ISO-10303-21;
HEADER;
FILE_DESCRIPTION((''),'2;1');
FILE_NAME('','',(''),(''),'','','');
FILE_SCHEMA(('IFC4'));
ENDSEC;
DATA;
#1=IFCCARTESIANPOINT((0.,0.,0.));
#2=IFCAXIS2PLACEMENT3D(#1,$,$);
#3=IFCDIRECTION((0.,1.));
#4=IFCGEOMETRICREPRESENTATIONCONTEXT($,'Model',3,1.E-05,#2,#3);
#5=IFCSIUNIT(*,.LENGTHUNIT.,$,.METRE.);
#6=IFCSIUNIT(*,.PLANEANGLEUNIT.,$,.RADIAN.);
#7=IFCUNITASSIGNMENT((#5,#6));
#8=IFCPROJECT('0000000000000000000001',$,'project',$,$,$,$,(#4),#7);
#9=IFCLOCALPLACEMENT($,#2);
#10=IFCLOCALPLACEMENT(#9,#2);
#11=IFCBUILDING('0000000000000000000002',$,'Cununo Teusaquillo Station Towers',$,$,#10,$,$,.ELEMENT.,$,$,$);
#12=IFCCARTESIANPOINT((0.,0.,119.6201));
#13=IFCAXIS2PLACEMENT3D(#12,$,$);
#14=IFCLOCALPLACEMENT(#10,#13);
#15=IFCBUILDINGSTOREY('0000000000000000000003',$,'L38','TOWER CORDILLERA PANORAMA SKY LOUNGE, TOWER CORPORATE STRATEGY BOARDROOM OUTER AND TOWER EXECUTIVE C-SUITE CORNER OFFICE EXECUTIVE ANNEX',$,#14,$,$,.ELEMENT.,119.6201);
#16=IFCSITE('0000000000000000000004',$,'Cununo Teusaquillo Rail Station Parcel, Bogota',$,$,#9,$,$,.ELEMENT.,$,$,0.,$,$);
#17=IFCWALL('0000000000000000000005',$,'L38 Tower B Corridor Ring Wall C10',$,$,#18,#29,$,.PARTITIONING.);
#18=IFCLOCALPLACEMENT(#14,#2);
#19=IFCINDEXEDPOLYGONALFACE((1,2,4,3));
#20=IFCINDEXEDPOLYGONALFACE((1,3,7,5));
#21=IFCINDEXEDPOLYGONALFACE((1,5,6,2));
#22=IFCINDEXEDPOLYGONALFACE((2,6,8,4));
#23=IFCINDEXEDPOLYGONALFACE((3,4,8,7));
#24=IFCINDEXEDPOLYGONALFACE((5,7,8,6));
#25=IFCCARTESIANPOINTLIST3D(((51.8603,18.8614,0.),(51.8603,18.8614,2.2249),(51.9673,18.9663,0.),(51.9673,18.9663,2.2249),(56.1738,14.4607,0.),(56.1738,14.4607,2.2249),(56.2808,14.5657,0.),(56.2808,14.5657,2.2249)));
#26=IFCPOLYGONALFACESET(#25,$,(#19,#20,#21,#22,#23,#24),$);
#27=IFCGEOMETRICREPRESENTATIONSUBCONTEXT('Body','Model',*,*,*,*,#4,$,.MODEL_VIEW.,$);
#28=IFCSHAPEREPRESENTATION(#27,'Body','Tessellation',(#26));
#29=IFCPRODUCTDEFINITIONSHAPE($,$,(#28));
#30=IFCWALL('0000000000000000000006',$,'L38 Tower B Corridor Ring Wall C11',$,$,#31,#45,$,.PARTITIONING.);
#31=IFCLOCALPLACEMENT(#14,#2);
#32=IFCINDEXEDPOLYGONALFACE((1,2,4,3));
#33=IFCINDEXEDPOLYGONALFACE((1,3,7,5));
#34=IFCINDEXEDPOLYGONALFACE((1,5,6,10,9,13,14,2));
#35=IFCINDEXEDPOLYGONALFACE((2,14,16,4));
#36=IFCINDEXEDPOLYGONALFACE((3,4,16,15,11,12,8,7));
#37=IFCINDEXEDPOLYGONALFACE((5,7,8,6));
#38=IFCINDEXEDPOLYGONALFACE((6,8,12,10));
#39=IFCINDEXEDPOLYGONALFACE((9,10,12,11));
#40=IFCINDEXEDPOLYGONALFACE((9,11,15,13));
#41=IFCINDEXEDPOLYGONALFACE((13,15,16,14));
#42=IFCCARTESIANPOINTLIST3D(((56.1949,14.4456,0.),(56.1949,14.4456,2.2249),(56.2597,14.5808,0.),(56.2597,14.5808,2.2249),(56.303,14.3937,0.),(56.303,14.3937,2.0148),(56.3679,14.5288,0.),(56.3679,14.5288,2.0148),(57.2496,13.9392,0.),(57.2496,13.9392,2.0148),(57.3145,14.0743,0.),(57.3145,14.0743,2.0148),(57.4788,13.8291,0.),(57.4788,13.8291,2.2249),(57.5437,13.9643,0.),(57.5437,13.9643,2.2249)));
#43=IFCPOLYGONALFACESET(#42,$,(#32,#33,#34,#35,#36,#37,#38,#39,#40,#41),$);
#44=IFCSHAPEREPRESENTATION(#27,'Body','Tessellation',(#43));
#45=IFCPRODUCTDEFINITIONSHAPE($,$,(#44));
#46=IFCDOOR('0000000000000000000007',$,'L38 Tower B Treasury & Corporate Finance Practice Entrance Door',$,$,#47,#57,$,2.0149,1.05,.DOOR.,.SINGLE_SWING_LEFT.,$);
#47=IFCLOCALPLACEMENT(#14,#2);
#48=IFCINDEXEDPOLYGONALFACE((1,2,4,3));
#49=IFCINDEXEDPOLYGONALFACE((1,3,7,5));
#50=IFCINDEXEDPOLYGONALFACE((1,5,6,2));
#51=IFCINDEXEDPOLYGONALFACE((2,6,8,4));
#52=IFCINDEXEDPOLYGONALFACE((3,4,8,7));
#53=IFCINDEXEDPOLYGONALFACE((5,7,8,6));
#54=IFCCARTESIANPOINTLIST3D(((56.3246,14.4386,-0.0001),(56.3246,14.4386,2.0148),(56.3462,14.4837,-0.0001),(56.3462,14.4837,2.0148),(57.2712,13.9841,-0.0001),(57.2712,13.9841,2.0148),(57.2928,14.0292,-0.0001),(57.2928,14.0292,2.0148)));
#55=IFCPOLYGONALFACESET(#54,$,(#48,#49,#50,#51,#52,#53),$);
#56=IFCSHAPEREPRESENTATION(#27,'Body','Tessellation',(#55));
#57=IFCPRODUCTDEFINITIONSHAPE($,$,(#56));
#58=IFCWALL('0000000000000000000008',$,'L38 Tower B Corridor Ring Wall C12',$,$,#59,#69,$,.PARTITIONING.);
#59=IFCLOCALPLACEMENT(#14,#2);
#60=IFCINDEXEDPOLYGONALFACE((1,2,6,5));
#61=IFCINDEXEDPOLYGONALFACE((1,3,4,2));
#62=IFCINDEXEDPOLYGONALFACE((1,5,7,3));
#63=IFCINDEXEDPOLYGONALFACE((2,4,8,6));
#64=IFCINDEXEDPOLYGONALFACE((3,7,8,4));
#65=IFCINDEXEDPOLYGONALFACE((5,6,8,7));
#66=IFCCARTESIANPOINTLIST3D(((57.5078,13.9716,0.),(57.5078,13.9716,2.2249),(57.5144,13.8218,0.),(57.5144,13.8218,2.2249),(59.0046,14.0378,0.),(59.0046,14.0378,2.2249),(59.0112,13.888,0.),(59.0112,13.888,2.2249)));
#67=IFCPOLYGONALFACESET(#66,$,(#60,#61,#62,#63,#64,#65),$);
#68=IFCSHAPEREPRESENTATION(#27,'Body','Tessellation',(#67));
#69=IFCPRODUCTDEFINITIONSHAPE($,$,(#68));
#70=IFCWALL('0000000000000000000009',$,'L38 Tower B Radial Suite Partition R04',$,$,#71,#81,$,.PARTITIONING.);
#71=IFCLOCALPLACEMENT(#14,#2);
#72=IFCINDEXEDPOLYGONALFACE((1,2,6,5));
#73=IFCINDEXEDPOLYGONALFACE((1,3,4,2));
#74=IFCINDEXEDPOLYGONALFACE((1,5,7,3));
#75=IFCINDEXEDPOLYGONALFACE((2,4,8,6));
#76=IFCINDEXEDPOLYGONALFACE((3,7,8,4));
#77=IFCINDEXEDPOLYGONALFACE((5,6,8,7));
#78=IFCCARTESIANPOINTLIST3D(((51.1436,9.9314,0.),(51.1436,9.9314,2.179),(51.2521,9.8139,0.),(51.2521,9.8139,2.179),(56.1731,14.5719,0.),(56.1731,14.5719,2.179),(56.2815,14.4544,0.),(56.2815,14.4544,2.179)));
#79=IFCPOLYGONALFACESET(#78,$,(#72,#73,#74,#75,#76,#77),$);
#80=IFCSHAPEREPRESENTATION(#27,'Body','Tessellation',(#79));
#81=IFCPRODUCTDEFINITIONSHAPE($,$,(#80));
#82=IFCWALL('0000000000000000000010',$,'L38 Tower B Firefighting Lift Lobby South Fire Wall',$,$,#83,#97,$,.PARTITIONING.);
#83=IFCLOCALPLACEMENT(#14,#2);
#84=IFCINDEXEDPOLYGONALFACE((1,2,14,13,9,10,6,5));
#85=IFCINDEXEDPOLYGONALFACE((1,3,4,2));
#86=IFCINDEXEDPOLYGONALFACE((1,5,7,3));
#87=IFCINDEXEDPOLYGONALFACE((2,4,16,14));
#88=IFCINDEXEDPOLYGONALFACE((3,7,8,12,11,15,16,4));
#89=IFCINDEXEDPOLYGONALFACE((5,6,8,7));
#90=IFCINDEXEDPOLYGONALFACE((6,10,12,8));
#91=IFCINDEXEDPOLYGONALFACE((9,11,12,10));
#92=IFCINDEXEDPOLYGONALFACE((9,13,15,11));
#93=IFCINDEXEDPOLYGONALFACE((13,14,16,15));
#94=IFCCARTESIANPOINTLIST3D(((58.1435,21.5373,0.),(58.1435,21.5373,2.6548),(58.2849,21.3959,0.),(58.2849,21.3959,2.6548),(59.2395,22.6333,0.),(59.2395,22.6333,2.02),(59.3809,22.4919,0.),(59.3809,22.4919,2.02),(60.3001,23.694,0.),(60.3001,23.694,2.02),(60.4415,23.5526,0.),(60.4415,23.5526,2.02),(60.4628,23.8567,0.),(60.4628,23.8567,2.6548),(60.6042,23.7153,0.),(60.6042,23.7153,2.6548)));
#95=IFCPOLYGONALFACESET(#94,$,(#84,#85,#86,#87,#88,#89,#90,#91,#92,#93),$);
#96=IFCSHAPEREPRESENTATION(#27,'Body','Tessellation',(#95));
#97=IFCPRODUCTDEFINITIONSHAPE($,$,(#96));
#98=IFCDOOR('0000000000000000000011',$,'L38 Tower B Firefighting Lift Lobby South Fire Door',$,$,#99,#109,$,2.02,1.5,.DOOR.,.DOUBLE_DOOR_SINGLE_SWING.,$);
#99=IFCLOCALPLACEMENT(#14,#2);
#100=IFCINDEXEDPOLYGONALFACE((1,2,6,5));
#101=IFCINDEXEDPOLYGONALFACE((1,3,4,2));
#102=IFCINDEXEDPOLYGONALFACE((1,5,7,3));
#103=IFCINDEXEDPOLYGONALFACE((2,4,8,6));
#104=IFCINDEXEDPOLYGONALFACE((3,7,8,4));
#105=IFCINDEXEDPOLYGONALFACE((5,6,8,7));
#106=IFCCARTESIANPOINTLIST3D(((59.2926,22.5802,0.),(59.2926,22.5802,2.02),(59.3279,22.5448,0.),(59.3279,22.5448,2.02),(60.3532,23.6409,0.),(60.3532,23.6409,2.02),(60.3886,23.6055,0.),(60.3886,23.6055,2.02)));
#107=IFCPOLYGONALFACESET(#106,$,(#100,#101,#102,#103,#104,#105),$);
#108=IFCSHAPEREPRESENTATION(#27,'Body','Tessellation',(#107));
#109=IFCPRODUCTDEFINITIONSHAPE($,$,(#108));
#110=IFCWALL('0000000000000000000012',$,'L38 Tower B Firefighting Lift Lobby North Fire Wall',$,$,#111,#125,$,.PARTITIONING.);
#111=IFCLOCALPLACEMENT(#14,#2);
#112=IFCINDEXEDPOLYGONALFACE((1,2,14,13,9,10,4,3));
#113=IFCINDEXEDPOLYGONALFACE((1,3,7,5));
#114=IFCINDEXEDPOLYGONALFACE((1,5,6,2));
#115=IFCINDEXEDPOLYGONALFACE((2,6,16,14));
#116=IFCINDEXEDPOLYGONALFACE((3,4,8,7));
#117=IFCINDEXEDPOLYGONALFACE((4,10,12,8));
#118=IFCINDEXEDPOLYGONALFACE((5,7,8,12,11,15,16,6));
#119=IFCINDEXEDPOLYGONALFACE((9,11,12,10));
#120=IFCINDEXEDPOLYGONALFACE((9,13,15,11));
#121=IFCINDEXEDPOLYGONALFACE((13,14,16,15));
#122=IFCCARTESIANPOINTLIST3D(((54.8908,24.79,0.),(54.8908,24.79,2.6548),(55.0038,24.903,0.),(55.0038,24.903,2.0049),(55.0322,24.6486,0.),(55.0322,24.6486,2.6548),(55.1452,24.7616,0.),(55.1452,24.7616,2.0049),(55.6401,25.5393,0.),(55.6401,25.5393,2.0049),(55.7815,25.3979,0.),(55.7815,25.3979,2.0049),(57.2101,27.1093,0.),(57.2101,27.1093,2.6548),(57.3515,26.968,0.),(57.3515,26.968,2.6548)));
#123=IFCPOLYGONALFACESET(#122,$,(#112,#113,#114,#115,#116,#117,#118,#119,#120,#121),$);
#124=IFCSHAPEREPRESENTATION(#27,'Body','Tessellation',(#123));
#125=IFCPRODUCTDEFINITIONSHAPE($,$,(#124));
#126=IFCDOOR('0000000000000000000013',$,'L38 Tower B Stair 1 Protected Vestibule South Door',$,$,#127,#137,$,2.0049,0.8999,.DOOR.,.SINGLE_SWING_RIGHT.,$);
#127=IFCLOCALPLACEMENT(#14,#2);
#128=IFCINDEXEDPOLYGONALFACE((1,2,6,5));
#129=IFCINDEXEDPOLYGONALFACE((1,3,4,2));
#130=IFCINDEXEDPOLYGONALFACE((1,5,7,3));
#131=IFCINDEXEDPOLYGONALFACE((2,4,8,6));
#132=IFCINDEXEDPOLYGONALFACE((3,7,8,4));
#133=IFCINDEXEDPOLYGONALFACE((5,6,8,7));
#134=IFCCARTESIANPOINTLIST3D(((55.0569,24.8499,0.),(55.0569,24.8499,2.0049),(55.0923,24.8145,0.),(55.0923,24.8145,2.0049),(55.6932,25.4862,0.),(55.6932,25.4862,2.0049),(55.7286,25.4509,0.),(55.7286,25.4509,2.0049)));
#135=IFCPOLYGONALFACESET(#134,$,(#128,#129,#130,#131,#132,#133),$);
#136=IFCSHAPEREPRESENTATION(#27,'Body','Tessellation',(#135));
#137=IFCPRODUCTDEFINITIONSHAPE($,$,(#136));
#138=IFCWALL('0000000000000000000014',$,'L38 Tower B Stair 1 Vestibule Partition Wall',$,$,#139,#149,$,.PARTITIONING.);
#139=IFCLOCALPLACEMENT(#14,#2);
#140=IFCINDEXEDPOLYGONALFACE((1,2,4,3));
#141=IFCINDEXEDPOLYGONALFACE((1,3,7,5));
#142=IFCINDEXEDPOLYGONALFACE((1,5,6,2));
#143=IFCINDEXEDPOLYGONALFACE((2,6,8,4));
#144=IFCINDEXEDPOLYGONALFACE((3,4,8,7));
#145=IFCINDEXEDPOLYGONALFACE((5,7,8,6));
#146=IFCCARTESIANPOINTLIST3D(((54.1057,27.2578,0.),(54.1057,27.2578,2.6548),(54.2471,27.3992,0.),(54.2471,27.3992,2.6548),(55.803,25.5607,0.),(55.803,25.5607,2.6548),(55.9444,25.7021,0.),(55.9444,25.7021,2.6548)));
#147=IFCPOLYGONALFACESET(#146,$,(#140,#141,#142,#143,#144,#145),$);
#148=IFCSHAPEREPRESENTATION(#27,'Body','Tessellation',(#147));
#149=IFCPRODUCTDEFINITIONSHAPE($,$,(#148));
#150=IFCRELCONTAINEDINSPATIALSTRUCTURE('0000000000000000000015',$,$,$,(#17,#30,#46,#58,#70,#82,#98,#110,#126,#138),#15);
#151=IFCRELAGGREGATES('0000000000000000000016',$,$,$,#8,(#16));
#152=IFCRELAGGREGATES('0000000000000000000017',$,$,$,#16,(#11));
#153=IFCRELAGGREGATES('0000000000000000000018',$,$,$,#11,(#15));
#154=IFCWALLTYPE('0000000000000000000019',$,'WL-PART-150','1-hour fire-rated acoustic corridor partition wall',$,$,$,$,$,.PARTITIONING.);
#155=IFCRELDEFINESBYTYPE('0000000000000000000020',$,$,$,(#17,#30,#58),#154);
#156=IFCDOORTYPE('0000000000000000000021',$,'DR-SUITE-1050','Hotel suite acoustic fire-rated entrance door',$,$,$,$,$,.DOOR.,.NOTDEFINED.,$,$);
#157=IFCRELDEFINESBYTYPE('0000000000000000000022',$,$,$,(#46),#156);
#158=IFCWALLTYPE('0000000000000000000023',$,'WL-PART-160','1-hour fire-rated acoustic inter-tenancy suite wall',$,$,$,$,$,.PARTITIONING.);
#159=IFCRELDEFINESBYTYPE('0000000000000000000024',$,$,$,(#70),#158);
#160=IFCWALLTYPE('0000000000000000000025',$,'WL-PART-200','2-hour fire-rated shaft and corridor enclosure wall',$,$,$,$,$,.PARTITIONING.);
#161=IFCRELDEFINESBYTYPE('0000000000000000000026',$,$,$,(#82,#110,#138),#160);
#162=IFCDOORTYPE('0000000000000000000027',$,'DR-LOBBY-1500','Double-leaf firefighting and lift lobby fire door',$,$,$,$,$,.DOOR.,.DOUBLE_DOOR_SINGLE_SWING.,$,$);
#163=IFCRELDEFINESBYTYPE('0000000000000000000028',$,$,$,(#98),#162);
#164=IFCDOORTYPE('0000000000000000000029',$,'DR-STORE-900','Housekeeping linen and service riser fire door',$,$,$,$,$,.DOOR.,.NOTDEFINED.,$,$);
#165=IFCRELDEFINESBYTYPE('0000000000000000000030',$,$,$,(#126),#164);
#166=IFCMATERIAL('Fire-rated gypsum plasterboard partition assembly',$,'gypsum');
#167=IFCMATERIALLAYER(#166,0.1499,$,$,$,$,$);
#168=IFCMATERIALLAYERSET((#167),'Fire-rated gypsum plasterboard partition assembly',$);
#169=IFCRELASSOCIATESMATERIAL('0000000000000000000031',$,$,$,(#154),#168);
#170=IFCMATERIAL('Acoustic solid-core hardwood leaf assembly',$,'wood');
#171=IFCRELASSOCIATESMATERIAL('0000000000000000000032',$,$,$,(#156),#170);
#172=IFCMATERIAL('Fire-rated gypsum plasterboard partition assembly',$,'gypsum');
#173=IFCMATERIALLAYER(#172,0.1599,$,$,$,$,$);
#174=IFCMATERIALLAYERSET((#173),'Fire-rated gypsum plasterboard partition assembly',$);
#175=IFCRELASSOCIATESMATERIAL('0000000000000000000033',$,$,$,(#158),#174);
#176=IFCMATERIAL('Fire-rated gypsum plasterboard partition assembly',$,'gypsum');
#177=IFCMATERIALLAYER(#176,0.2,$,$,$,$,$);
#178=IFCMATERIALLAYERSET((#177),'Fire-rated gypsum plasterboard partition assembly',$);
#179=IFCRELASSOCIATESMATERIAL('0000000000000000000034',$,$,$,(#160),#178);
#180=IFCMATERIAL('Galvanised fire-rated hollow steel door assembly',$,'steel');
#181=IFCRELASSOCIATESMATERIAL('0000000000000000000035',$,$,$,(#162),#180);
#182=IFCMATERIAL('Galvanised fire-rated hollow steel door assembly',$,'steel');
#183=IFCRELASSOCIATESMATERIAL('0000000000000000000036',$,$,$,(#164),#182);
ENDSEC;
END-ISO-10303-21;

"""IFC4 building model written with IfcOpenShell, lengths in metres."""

from ifc_helpers import new_model, si_unit, direction, frame, frame_2d, origin, place, context, subcontext, project, spatial, rectangle, extrude, source, transform, mapped, material, layer, layer_set, type_object, element, fill, save


model = new_model("IFC4")

# Units and contexts
model_context = context("Model", 3, precision=1e-05, world=origin(), true_north=direction((0.0, 1.0)))
body_context = subcontext(model_context, "Body", "Model", "MODEL_VIEW")
ifc_project = project(units=[si_unit("LENGTHUNIT", "METRE"), si_unit("PLANEANGLEUNIT", "RADIAN")], contexts=[model_context])

# Site, building, storey
site_placement = place(None, origin())
site = spatial("IfcSite", under=ifc_project, at=site_placement, Name="Cununo Teusaquillo Rail Station Parcel, Bogota", CompositionType="ELEMENT", RefElevation=0.0)
building_placement = place(site_placement, origin())
building = spatial("IfcBuilding", under=site, at=building_placement, Name="Cununo Teusaquillo Station Towers", CompositionType="ELEMENT")
storey_placement = place(building_placement, frame((0.0, 0.0, 119.6201)))
storey = spatial("IfcBuildingStorey", under=building, at=storey_placement, Name="L38", Description="TOWER CORDILLERA PANORAMA SKY LOUNGE, TOWER CORPORATE STRATEGY BOARDROOM OUTER AND TOWER EXECUTIVE C-SUITE CORNER OFFICE EXECUTIVE ANNEX", CompositionType="ELEMENT", Elevation=119.6201)

# Wall
ifc_material_1 = material(Name="Fire-rated gypsum plasterboard partition assembly", Category="gypsum")
ifc_layer_1 = layer(ifc_material_1, 0.1499)
ifc_layer_set_1 = layer_set([ifc_layer_1], Name="Fire-rated gypsum plasterboard partition assembly")
wall_type_1 = type_object("IfcWallType", Name="WL-PART-150", Description="1-hour fire-rated acoustic corridor partition wall", PredefinedType="PARTITIONING", material=ifc_layer_set_1)
wall_1_placement = place(storey_placement, frame((51.9138, 18.9138, 0.0), z_axis=(0.0, 0.0, 1.0), x_axis=(0.699999, -0.714144, 0.0)))
element("IfcWall", 1, at=wall_1_placement, inside=storey, type_object=wall_type_1, Name="L38 Tower B Corridor Ring Wall C10", PredefinedType="PARTITIONING", context=body_context, shape_type="SweptSolid", body=[
    extrude(rectangle(XDim=6.1621, YDim=0.1499, at=frame_2d((3.0811, 0.0))), origin(), (0.0, 0.0, 1.0), 2.2249),
])

# Wall, opening, door
wall_2_placement = place(storey_placement, frame((56.2273, 14.5132, 0.0), z_axis=(0.0, 0.0, 1.0), x_axis=(0.901478, -0.432826, 0.0)))
wall_2 = element("IfcWall", 2, at=wall_2_placement, inside=storey, type_object=wall_type_1, Name="L38 Tower B Corridor Ring Wall C11", PredefinedType="PARTITIONING", context=body_context, shape_type="SweptSolid", body=[
    extrude(rectangle(XDim=1.4243, YDim=0.1499, at=frame_2d((0.7122, 0.0))), origin(), (0.0, 0.0, 1.0), 2.2249),
])
shared_shape_1 = source(origin(), body_context, "Body", "SweptSolid", [
    extrude(rectangle(XDim=1.05, YDim=2.0149, at=frame_2d((0.5249, 1.0073))), frame((0.0, 0.085, 0.0), z_axis=(0.0, -1.0, 0.0), x_axis=(1.0, 0.0, 0.0)), (0.0, 0.0, 1.0), 0.1699),
])
opening_1_placement = place(wall_2_placement, frame((0.1201, 0.0, 0.0)))
opening_1 = element("IfcOpeningElement", 3, at=opening_1_placement, cuts=wall_2, PredefinedType="OPENING", context=body_context, shape_type="MappedRepresentation", body=[
    mapped(shared_shape_1, transform((0.0, 0.0, 0.0), x_axis=(1.0, 0.0, 0.0), y_axis=(0.0, 1.0, 0.0), z_axis=(0.0, 0.0, 1.0), scale=1.0)),
])
ifc_material_2 = material(Name="Acoustic solid-core hardwood leaf assembly", Category="wood")
door_type_1 = type_object("IfcDoorType", Name="DR-SUITE-1050", Description="Hotel suite acoustic fire-rated entrance door", OperationType="NOTDEFINED", PredefinedType="DOOR", material=ifc_material_2)
shared_shape_2 = source(origin(), body_context, "Body", "SweptSolid", [
    extrude(rectangle(XDim=1.05, YDim=2.0149, at=frame_2d((0.5249, 1.0073))), frame((0.0, 0.0249, 0.0), z_axis=(0.0, -1.0, 0.0), x_axis=(1.0, 0.0, 0.0)), (0.0, 0.0, 1.0), 0.05),
])
door_1_placement = place(opening_1_placement, origin())
door_1 = element("IfcDoor", 4, at=door_1_placement, inside=storey, type_object=door_type_1, Name="L38 Tower B Treasury & Corporate Finance Practice Entrance Door", OperationType="SINGLE_SWING_LEFT", OverallHeight=2.0149, OverallWidth=1.05, PredefinedType="DOOR", context=body_context, shape_type="MappedRepresentation", body=[
    mapped(shared_shape_2, transform((0.0, 0.0, 0.0), x_axis=(1.0, 0.0, 0.0), y_axis=(0.0, 1.0, 0.0), z_axis=(0.0, 0.0, 1.0), scale=1.0)),
])
fill(opening_1, door_1)

# Walls
wall_3_placement = place(storey_placement, frame((57.5112, 13.8967, 0.0), z_axis=(0.0, 0.0, 1.0), x_axis=(0.999025, 0.044158, 0.0)))
element("IfcWall", 5, at=wall_3_placement, inside=storey, type_object=wall_type_1, Name="L38 Tower B Corridor Ring Wall C12", PredefinedType="PARTITIONING", context=body_context, shape_type="SweptSolid", body=[
    extrude(rectangle(XDim=1.4983, YDim=0.1499, at=frame_2d((0.749, 0.0))), origin(), (0.0, 0.0, 1.0), 2.2249),
])
ifc_material_3 = material(Name="Fire-rated gypsum plasterboard partition assembly", Category="gypsum")
ifc_layer_2 = layer(ifc_material_3, 0.1599)
ifc_layer_set_2 = layer_set([ifc_layer_2], Name="Fire-rated gypsum plasterboard partition assembly")
wall_type_2 = type_object("IfcWallType", Name="WL-PART-160", Description="1-hour fire-rated acoustic inter-tenancy suite wall", PredefinedType="PARTITIONING", material=ifc_layer_set_2)
wall_4_placement = place(storey_placement, frame((56.2273, 14.5132, 0.0), z_axis=(0.0, 0.0, 1.0), x_axis=(-0.734951, -0.67812, 0.0)))
element("IfcWall", 6, at=wall_4_placement, inside=storey, type_object=wall_type_2, Name="L38 Tower B Radial Suite Partition R04", PredefinedType="PARTITIONING", context=body_context, shape_type="SweptSolid", body=[
    extrude(rectangle(XDim=6.8433, YDim=0.1599, at=frame_2d((3.4216, 0.0))), origin(), (0.0, 0.0, 1.0), 2.179),
])

# Walls, openings, doors
ifc_material_4 = material(Name="Fire-rated gypsum plasterboard partition assembly", Category="gypsum")
ifc_layer_3 = layer(ifc_material_4, 0.2)
ifc_layer_set_3 = layer_set([ifc_layer_3], Name="Fire-rated gypsum plasterboard partition assembly")
wall_type_3 = type_object("IfcWallType", Name="WL-PART-200", Description="2-hour fire-rated shaft and corridor enclosure wall", PredefinedType="PARTITIONING", material=ifc_layer_set_3)
wall_5_placement = place(storey_placement, frame((58.2141, 21.4666, 0.0), z_axis=(0.0, 0.0, 1.0), x_axis=(0.707107, 0.707107, 0.0)))
wall_5 = element("IfcWall", 7, at=wall_5_placement, inside=storey, type_object=wall_type_3, Name="L38 Tower B Firefighting Lift Lobby South Fire Wall", PredefinedType="PARTITIONING", context=body_context, shape_type="SweptSolid", body=[
    extrude(rectangle(XDim=3.28, YDim=0.2, at=frame_2d((1.6401, 0.0))), origin(), (0.0, 0.0, 1.0), 2.6548),
])
shared_shape_3 = source(origin(), body_context, "Body", "SweptSolid", [
    extrude(rectangle(XDim=1.5, YDim=2.02, at=frame_2d((0.75, 1.01))), frame((0.0, 0.1099, 0.0), z_axis=(0.0, -1.0, 0.0), x_axis=(1.0, 0.0, 0.0)), (0.0, 0.0, 1.0), 0.22),
])
opening_2_placement = place(wall_5_placement, frame((1.55, 0.0, 0.0)))
opening_2 = element("IfcOpeningElement", 8, at=opening_2_placement, cuts=wall_5, PredefinedType="OPENING", context=body_context, shape_type="MappedRepresentation", body=[
    mapped(shared_shape_3, transform((0.0, 0.0, 0.0), x_axis=(1.0, 0.0, 0.0), y_axis=(0.0, 1.0, 0.0), z_axis=(0.0, 0.0, 1.0), scale=1.0)),
])
ifc_material_5 = material(Name="Galvanised fire-rated hollow steel door assembly", Category="steel")
door_type_2 = type_object("IfcDoorType", Name="DR-LOBBY-1500", Description="Double-leaf firefighting and lift lobby fire door", OperationType="DOUBLE_DOOR_SINGLE_SWING", PredefinedType="DOOR", material=ifc_material_5)
shared_shape_4 = source(origin(), body_context, "Body", "SweptSolid", [
    extrude(rectangle(XDim=1.5, YDim=2.02, at=frame_2d((0.75, 1.01))), frame((0.0, 0.0249, 0.0), z_axis=(0.0, -1.0, 0.0), x_axis=(1.0, 0.0, 0.0)), (0.0, 0.0, 1.0), 0.05),
])
door_2_placement = place(opening_2_placement, origin())
door_2 = element("IfcDoor", 9, at=door_2_placement, inside=storey, type_object=door_type_2, Name="L38 Tower B Firefighting Lift Lobby South Fire Door", OperationType="DOUBLE_DOOR_SINGLE_SWING", OverallHeight=2.02, OverallWidth=1.5, PredefinedType="DOOR", context=body_context, shape_type="MappedRepresentation", body=[
    mapped(shared_shape_4, transform((0.0, 0.0, 0.0), x_axis=(1.0, 0.0, 0.0), y_axis=(0.0, 1.0, 0.0), z_axis=(0.0, 0.0, 1.0), scale=1.0)),
])
fill(opening_2, door_2)
wall_6_placement = place(storey_placement, frame((54.9614, 24.7192, 0.0), z_axis=(0.0, 0.0, 1.0), x_axis=(0.707107, 0.707107, 0.0)))
wall_6 = element("IfcWall", 10, at=wall_6_placement, inside=storey, type_object=wall_type_3, Name="L38 Tower B Firefighting Lift Lobby North Fire Wall", PredefinedType="PARTITIONING", context=body_context, shape_type="SweptSolid", body=[
    extrude(rectangle(XDim=3.28, YDim=0.2, at=frame_2d((1.6401, 0.0))), origin(), (0.0, 0.0, 1.0), 2.6548),
])
shared_shape_5 = source(origin(), body_context, "Body", "SweptSolid", [
    extrude(rectangle(XDim=0.8999, YDim=2.0049, at=frame_2d((0.45, 1.0024))), frame((0.0, 0.1099, 0.0), z_axis=(0.0, -1.0, 0.0), x_axis=(1.0, 0.0, 0.0)), (0.0, 0.0, 1.0), 0.22),
])
opening_3_placement = place(wall_6_placement, frame((0.1599, 0.0, 0.0)))
opening_3 = element("IfcOpeningElement", 11, at=opening_3_placement, cuts=wall_6, PredefinedType="OPENING", context=body_context, shape_type="MappedRepresentation", body=[
    mapped(shared_shape_5, transform((0.0, 0.0, 0.0), x_axis=(1.0, 0.0, 0.0), y_axis=(0.0, 1.0, 0.0), z_axis=(0.0, 0.0, 1.0), scale=1.0)),
])
ifc_material_6 = material(Name="Galvanised fire-rated hollow steel door assembly", Category="steel")
door_type_3 = type_object("IfcDoorType", Name="DR-STORE-900", Description="Housekeeping linen and service riser fire door", OperationType="NOTDEFINED", PredefinedType="DOOR", material=ifc_material_6)
shared_shape_6 = source(origin(), body_context, "Body", "SweptSolid", [
    extrude(rectangle(XDim=0.8999, YDim=2.0049, at=frame_2d((0.45, 1.0024))), frame((0.0, 0.0249, 0.0), z_axis=(0.0, -1.0, 0.0), x_axis=(1.0, 0.0, 0.0)), (0.0, 0.0, 1.0), 0.05),
])
door_3_placement = place(opening_3_placement, origin())
door_3 = element("IfcDoor", 12, at=door_3_placement, inside=storey, type_object=door_type_3, Name="L38 Tower B Stair 1 Protected Vestibule South Door", OperationType="SINGLE_SWING_RIGHT", OverallHeight=2.0049, OverallWidth=0.8999, PredefinedType="DOOR", context=body_context, shape_type="MappedRepresentation", body=[
    mapped(shared_shape_6, transform((0.0, 0.0, 0.0), x_axis=(1.0, 0.0, 0.0), y_axis=(0.0, 1.0, 0.0), z_axis=(0.0, 0.0, 1.0), scale=1.0)),
])
fill(opening_3, door_3)

# Wall
wall_7_placement = place(storey_placement, frame((55.8738, 25.6313, 0.0), z_axis=(0.0, 0.0, 1.0), x_axis=(-0.707158, 0.707056, 0.0)))
element("IfcWall", 13, at=wall_7_placement, inside=storey, type_object=wall_type_3, Name="L38 Tower B Stair 1 Vestibule Partition Wall", PredefinedType="PARTITIONING", context=body_context, shape_type="SweptSolid", body=[
    extrude(rectangle(XDim=2.4001, YDim=0.2, at=frame_2d((1.2002, 0.0))), origin(), (0.0, 0.0, 1.0), 2.6548),
])

save(model, "model.ifc")
